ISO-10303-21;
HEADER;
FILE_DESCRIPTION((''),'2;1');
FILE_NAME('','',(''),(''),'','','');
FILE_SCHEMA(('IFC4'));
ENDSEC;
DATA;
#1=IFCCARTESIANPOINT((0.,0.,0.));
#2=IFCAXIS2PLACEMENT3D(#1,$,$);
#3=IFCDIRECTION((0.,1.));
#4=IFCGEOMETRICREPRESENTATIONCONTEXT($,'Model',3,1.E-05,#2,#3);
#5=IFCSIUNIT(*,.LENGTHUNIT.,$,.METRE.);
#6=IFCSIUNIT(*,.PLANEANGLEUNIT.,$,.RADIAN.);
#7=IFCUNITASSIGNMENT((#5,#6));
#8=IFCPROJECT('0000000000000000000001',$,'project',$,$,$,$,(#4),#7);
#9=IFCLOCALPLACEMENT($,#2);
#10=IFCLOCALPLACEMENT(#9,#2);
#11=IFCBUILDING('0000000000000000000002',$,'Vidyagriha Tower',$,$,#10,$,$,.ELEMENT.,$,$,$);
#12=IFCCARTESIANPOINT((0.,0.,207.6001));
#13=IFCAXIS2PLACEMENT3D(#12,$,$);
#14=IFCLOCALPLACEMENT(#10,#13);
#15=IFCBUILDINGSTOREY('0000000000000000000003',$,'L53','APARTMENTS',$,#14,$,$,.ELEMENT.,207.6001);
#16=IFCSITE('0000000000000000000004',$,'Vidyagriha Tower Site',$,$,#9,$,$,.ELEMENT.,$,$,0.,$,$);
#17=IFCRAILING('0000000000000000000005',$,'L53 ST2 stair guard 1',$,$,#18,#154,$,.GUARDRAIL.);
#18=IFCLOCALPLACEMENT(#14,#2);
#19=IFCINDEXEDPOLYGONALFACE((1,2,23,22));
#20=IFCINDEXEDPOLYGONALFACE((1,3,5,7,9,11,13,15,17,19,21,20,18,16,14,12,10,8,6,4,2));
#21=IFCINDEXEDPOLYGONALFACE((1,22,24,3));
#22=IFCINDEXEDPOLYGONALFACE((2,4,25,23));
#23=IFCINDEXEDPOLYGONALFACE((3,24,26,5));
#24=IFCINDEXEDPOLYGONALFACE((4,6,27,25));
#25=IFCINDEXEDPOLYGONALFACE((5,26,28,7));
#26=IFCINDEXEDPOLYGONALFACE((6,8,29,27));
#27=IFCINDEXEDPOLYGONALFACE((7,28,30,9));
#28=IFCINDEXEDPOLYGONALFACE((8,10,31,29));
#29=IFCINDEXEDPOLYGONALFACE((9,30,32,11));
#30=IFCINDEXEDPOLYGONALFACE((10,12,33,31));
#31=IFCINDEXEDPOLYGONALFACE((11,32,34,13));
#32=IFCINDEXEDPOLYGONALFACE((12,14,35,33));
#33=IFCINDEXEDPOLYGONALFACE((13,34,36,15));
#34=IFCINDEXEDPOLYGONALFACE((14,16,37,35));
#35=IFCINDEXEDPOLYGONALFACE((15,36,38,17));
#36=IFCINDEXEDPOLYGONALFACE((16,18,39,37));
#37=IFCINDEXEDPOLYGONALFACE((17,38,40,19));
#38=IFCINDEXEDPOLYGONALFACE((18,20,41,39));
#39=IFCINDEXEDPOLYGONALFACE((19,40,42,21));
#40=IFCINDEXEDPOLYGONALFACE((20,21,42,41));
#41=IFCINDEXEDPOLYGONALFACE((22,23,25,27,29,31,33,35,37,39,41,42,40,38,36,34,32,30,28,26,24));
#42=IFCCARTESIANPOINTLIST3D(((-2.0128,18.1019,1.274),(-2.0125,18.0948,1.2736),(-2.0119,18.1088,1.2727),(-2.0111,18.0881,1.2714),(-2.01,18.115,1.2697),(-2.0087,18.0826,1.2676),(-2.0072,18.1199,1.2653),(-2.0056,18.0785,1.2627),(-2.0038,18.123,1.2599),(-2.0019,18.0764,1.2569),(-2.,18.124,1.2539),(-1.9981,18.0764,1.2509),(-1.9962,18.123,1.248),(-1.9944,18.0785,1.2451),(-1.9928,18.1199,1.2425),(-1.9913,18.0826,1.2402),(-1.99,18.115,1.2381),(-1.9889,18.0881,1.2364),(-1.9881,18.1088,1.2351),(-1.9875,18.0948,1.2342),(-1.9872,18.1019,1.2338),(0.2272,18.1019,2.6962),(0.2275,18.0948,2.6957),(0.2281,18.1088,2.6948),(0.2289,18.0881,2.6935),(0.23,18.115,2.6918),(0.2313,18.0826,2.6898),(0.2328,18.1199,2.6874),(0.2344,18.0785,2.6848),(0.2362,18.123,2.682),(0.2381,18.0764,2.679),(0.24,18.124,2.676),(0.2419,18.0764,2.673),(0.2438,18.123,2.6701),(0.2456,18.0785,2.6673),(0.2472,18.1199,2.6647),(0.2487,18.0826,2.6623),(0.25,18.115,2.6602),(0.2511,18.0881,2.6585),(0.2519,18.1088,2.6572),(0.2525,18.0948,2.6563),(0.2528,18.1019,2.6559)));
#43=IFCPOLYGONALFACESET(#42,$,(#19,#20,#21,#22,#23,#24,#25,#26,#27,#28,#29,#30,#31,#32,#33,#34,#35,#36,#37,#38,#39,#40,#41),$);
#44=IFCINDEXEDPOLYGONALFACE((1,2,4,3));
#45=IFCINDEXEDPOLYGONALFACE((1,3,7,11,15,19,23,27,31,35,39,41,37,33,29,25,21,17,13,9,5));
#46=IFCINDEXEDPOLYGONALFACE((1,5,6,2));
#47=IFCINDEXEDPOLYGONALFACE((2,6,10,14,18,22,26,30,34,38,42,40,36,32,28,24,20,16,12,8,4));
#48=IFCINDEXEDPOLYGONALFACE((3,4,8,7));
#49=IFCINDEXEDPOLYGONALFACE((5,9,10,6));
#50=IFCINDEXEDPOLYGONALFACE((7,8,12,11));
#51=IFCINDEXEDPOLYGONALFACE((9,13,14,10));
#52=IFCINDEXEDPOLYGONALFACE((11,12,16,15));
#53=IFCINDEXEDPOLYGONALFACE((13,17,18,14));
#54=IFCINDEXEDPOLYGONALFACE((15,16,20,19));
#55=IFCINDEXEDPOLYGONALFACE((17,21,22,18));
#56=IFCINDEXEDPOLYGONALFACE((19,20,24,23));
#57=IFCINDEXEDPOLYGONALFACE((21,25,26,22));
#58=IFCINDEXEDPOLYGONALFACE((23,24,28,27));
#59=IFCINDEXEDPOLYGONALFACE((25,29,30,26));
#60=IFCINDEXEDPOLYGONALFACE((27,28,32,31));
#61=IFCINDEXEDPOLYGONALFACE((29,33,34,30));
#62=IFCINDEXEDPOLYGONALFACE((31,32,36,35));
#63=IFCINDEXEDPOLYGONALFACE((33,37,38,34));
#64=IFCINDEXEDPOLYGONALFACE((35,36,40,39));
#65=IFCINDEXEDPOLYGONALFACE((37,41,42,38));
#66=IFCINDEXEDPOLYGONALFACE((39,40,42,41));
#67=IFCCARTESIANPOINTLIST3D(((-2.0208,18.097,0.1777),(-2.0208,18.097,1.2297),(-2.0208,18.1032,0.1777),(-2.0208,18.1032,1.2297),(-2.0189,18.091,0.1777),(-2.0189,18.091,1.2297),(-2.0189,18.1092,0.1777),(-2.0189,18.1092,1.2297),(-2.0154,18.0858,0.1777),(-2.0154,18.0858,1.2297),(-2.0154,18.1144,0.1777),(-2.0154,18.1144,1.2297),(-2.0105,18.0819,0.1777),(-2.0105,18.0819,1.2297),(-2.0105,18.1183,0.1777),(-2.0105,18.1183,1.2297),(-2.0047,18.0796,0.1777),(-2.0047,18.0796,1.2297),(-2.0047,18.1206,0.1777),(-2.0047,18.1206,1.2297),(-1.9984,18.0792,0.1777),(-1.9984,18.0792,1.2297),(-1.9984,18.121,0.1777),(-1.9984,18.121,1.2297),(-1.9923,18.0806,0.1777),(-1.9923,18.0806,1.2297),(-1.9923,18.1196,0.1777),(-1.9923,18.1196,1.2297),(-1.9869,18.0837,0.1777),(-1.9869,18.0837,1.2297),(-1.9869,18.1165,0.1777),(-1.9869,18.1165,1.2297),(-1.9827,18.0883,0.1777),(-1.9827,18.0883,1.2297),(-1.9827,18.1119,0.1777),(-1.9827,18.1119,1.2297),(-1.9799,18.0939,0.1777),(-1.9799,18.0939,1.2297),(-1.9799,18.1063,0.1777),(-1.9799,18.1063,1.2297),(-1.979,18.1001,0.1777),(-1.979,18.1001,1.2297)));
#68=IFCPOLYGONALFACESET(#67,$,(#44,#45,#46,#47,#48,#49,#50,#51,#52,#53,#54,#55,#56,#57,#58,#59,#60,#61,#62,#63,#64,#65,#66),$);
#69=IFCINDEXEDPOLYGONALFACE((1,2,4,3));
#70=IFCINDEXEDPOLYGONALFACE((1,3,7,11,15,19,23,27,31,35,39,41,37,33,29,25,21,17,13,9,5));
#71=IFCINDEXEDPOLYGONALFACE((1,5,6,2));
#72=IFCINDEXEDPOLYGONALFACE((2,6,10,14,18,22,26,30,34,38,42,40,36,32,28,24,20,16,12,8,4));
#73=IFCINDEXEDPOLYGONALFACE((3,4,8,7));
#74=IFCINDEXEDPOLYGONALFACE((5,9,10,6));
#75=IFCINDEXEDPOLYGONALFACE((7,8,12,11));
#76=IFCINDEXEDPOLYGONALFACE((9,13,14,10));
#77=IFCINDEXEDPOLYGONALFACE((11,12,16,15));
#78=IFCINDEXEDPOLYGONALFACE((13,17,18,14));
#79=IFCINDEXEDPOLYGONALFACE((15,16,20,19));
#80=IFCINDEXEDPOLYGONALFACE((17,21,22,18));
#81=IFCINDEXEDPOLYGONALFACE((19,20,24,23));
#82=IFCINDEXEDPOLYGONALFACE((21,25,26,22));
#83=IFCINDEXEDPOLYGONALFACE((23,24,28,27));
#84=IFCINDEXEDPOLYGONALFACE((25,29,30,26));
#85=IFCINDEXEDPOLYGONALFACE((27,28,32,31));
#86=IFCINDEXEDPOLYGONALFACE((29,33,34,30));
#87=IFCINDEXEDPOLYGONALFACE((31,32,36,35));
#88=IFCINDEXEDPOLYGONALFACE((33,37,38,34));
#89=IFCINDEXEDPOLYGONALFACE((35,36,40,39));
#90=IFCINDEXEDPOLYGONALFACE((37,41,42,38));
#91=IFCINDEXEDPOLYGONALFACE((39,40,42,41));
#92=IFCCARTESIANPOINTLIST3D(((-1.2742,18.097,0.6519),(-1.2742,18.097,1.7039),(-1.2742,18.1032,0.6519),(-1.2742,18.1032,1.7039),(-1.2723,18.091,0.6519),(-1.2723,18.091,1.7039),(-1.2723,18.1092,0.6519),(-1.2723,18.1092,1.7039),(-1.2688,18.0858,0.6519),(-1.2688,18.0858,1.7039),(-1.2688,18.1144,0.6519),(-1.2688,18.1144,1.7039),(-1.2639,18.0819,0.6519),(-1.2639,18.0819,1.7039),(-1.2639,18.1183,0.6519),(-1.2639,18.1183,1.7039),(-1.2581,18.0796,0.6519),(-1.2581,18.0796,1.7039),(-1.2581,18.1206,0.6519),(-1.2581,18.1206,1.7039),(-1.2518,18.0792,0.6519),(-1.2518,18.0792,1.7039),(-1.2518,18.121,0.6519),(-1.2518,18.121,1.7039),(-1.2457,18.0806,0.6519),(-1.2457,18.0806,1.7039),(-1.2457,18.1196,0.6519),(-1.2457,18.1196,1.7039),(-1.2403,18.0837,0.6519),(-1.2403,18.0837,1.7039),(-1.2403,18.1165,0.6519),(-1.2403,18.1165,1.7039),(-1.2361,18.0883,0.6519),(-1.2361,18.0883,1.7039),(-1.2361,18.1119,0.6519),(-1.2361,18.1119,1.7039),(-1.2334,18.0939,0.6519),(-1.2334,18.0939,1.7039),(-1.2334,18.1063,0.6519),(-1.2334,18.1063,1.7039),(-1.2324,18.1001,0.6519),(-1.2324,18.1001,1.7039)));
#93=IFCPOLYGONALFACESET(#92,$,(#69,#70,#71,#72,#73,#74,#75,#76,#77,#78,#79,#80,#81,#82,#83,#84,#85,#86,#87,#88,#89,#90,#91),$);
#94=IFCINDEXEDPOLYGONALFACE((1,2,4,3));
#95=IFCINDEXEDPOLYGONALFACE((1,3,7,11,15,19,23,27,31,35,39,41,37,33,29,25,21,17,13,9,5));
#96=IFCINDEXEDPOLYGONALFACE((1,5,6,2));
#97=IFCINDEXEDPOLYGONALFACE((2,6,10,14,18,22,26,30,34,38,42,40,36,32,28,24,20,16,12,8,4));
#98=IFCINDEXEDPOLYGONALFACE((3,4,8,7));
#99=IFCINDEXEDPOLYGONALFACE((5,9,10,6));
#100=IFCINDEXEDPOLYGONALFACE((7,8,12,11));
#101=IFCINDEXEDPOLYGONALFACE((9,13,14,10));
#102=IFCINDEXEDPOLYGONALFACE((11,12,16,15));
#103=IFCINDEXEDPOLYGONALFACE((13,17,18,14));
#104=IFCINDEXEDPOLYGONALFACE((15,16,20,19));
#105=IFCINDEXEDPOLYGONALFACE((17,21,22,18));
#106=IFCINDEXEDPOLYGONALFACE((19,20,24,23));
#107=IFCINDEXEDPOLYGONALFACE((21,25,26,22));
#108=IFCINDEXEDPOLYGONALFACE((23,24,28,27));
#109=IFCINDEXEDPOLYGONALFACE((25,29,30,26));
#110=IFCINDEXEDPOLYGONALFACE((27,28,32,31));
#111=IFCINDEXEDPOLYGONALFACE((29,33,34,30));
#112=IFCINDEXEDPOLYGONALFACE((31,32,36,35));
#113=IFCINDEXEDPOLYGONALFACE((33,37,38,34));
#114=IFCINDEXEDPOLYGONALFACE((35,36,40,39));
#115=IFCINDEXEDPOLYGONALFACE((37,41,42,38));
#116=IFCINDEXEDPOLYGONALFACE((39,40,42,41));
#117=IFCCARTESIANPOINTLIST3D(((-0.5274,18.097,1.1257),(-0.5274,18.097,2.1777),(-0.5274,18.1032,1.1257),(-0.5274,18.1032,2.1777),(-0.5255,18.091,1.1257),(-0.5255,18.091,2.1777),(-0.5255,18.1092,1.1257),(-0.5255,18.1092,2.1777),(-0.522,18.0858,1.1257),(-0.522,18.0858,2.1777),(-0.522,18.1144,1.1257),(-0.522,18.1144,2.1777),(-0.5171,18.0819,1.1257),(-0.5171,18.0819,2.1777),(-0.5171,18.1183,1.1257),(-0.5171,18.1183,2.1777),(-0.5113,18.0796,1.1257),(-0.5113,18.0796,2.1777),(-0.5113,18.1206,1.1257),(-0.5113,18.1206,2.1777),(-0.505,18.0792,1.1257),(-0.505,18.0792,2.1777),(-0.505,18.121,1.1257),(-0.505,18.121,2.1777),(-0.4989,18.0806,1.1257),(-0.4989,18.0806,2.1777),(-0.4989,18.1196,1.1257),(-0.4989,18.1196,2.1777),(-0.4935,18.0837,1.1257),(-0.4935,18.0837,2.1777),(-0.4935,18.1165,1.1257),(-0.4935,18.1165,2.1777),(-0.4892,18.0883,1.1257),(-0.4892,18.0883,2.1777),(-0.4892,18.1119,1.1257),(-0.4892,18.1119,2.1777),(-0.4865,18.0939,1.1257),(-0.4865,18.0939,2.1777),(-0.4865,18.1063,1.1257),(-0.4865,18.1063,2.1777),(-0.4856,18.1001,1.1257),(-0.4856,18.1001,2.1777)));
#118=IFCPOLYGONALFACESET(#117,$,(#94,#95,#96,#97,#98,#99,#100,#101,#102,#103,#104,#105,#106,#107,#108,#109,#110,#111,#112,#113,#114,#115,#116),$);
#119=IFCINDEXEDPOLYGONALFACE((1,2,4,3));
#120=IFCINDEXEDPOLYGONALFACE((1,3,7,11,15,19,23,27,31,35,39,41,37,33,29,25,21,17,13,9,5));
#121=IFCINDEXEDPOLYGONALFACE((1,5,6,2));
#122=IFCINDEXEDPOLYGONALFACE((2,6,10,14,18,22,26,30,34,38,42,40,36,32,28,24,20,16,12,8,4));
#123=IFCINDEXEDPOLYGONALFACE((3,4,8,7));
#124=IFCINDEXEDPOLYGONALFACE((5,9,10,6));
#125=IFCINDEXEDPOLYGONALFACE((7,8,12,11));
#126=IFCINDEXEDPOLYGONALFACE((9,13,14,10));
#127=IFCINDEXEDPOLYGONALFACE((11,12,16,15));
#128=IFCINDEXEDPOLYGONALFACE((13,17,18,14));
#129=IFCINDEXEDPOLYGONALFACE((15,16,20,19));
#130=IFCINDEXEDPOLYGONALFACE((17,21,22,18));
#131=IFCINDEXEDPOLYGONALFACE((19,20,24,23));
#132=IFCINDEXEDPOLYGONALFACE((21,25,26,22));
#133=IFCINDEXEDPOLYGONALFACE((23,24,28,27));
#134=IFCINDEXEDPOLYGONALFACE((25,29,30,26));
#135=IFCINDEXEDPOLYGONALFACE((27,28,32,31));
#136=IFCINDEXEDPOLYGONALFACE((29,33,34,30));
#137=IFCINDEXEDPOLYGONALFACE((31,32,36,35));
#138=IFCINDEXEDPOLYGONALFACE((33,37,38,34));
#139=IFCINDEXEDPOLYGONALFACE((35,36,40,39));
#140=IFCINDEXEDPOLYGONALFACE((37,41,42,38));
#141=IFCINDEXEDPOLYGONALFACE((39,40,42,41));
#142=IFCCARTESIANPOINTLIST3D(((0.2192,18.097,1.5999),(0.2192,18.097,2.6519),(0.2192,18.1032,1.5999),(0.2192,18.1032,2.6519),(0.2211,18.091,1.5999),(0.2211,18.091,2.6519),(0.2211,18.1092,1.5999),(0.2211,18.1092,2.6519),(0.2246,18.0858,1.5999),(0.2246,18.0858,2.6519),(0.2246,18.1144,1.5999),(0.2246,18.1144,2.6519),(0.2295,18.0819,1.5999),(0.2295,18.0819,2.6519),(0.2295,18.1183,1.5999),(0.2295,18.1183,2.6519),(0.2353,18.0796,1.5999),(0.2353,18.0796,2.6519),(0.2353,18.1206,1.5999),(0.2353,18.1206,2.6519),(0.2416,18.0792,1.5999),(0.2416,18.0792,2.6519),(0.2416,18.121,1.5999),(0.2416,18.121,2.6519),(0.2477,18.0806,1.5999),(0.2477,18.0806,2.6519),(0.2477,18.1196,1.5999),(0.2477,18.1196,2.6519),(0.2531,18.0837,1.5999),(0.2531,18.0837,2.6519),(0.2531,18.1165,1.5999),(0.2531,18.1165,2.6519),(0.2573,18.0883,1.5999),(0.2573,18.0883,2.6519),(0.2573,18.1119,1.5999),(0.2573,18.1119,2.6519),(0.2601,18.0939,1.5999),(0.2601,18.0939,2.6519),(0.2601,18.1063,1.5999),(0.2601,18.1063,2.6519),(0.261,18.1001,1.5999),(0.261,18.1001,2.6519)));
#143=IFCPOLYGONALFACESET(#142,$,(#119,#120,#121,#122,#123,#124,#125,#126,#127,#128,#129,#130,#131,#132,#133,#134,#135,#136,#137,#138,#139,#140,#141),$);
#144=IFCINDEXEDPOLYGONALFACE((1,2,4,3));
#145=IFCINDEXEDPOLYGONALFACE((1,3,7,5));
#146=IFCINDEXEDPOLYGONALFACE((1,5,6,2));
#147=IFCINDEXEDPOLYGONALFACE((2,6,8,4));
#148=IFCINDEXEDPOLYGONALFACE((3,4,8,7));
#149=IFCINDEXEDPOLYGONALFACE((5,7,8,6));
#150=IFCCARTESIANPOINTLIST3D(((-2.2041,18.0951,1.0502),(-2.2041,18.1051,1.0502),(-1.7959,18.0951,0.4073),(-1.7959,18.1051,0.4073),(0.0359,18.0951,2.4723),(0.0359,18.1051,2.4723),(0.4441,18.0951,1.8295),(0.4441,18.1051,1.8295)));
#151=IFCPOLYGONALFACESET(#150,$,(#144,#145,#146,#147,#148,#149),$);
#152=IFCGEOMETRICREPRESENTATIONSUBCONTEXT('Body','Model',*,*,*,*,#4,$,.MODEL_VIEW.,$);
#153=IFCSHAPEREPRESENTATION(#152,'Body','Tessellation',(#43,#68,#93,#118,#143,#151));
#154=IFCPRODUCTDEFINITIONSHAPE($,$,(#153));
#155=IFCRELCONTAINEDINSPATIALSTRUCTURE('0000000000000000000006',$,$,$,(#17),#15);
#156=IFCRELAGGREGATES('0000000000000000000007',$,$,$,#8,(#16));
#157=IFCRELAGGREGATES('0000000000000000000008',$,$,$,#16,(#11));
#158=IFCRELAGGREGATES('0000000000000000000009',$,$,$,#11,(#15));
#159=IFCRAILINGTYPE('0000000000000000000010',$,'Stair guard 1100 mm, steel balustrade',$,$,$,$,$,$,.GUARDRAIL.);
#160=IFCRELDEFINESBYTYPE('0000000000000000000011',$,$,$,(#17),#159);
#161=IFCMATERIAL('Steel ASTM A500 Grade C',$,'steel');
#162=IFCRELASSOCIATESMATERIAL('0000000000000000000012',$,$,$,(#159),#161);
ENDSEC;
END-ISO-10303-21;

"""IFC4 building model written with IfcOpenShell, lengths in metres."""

from ifc_helpers import new_model, si_unit, direction, frame, origin, origin_2d, place, context, subcontext, project, spatial, rectangle, circle, extrude, material, type_object, element, save


model = new_model("IFC4")

# Units and contexts
model_context = context("Model", 3, precision=1e-05, world=origin(), true_north=direction((0.0, 1.0)))
body_context = subcontext(model_context, "Body", "Model", "MODEL_VIEW")
ifc_project = project(units=[si_unit("LENGTHUNIT", "METRE"), si_unit("PLANEANGLEUNIT", "RADIAN")], contexts=[model_context])

# Site, building, storey
site_placement = place(None, origin())
site = spatial("IfcSite", under=ifc_project, at=site_placement, Name="Vidyagriha Tower Site", CompositionType="ELEMENT", RefElevation=0.0)
building_placement = place(site_placement, origin())
building = spatial("IfcBuilding", under=site, at=building_placement, Name="Vidyagriha Tower", CompositionType="ELEMENT")
storey_placement = place(building_placement, frame((0.0, 0.0, 207.6001)))
storey = spatial("IfcBuildingStorey", under=building, at=storey_placement, Name="L53", Description="APARTMENTS", CompositionType="ELEMENT", Elevation=207.6001)

# Railing
ifc_material_1 = material(Name="Steel ASTM A500 Grade C", Category="steel")
railing_type_1 = type_object("IfcRailingType", Name="Stair guard 1100 mm, steel balustrade", PredefinedType="GUARDRAIL", material=ifc_material_1)
railing_1_placement = place(storey_placement, frame((-2.0, 18.1001, 0.1777)))
element("IfcRailing", 1, at=railing_1_placement, inside=storey, type_object=railing_type_1, Name="L53 ST2 stair guard 1", PredefinedType="GUARDRAIL", context=body_context, shape_type="SweptSolid", body=[
    extrude(circle(Radius=0.0239, at=origin_2d()), frame((0.0, 0.0, 1.0762), z_axis=(0.844229, 0.0, 0.535982), x_axis=(0.0, 1.0, 0.0)), (0.0, 0.0, 1.0), 2.6533),
    extrude(circle(Radius=0.021, at=origin_2d()), origin(), (0.0, 0.0, 1.0), 1.052),
    extrude(circle(Radius=0.021, at=origin_2d()), frame((0.7466, 0.0, 0.4741)), (0.0, 0.0, 1.0), 1.052),
    extrude(circle(Radius=0.021, at=origin_2d()), frame((1.4934, 0.0, 0.948)), (0.0, 0.0, 1.0), 1.052),
    extrude(circle(Radius=0.021, at=origin_2d()), frame((2.24, 0.0, 1.4221)), (0.0, 0.0, 1.0), 1.052),
    extrude(rectangle(XDim=0.01, YDim=0.7615, at=origin_2d()), frame((0.0, 0.0, 0.551), z_axis=(0.844229, 0.0, 0.535982), x_axis=(0.0, 1.0, 0.0)), (0.0, 0.0, 1.0), 2.6533),
])

save(model, "model.ifc")
